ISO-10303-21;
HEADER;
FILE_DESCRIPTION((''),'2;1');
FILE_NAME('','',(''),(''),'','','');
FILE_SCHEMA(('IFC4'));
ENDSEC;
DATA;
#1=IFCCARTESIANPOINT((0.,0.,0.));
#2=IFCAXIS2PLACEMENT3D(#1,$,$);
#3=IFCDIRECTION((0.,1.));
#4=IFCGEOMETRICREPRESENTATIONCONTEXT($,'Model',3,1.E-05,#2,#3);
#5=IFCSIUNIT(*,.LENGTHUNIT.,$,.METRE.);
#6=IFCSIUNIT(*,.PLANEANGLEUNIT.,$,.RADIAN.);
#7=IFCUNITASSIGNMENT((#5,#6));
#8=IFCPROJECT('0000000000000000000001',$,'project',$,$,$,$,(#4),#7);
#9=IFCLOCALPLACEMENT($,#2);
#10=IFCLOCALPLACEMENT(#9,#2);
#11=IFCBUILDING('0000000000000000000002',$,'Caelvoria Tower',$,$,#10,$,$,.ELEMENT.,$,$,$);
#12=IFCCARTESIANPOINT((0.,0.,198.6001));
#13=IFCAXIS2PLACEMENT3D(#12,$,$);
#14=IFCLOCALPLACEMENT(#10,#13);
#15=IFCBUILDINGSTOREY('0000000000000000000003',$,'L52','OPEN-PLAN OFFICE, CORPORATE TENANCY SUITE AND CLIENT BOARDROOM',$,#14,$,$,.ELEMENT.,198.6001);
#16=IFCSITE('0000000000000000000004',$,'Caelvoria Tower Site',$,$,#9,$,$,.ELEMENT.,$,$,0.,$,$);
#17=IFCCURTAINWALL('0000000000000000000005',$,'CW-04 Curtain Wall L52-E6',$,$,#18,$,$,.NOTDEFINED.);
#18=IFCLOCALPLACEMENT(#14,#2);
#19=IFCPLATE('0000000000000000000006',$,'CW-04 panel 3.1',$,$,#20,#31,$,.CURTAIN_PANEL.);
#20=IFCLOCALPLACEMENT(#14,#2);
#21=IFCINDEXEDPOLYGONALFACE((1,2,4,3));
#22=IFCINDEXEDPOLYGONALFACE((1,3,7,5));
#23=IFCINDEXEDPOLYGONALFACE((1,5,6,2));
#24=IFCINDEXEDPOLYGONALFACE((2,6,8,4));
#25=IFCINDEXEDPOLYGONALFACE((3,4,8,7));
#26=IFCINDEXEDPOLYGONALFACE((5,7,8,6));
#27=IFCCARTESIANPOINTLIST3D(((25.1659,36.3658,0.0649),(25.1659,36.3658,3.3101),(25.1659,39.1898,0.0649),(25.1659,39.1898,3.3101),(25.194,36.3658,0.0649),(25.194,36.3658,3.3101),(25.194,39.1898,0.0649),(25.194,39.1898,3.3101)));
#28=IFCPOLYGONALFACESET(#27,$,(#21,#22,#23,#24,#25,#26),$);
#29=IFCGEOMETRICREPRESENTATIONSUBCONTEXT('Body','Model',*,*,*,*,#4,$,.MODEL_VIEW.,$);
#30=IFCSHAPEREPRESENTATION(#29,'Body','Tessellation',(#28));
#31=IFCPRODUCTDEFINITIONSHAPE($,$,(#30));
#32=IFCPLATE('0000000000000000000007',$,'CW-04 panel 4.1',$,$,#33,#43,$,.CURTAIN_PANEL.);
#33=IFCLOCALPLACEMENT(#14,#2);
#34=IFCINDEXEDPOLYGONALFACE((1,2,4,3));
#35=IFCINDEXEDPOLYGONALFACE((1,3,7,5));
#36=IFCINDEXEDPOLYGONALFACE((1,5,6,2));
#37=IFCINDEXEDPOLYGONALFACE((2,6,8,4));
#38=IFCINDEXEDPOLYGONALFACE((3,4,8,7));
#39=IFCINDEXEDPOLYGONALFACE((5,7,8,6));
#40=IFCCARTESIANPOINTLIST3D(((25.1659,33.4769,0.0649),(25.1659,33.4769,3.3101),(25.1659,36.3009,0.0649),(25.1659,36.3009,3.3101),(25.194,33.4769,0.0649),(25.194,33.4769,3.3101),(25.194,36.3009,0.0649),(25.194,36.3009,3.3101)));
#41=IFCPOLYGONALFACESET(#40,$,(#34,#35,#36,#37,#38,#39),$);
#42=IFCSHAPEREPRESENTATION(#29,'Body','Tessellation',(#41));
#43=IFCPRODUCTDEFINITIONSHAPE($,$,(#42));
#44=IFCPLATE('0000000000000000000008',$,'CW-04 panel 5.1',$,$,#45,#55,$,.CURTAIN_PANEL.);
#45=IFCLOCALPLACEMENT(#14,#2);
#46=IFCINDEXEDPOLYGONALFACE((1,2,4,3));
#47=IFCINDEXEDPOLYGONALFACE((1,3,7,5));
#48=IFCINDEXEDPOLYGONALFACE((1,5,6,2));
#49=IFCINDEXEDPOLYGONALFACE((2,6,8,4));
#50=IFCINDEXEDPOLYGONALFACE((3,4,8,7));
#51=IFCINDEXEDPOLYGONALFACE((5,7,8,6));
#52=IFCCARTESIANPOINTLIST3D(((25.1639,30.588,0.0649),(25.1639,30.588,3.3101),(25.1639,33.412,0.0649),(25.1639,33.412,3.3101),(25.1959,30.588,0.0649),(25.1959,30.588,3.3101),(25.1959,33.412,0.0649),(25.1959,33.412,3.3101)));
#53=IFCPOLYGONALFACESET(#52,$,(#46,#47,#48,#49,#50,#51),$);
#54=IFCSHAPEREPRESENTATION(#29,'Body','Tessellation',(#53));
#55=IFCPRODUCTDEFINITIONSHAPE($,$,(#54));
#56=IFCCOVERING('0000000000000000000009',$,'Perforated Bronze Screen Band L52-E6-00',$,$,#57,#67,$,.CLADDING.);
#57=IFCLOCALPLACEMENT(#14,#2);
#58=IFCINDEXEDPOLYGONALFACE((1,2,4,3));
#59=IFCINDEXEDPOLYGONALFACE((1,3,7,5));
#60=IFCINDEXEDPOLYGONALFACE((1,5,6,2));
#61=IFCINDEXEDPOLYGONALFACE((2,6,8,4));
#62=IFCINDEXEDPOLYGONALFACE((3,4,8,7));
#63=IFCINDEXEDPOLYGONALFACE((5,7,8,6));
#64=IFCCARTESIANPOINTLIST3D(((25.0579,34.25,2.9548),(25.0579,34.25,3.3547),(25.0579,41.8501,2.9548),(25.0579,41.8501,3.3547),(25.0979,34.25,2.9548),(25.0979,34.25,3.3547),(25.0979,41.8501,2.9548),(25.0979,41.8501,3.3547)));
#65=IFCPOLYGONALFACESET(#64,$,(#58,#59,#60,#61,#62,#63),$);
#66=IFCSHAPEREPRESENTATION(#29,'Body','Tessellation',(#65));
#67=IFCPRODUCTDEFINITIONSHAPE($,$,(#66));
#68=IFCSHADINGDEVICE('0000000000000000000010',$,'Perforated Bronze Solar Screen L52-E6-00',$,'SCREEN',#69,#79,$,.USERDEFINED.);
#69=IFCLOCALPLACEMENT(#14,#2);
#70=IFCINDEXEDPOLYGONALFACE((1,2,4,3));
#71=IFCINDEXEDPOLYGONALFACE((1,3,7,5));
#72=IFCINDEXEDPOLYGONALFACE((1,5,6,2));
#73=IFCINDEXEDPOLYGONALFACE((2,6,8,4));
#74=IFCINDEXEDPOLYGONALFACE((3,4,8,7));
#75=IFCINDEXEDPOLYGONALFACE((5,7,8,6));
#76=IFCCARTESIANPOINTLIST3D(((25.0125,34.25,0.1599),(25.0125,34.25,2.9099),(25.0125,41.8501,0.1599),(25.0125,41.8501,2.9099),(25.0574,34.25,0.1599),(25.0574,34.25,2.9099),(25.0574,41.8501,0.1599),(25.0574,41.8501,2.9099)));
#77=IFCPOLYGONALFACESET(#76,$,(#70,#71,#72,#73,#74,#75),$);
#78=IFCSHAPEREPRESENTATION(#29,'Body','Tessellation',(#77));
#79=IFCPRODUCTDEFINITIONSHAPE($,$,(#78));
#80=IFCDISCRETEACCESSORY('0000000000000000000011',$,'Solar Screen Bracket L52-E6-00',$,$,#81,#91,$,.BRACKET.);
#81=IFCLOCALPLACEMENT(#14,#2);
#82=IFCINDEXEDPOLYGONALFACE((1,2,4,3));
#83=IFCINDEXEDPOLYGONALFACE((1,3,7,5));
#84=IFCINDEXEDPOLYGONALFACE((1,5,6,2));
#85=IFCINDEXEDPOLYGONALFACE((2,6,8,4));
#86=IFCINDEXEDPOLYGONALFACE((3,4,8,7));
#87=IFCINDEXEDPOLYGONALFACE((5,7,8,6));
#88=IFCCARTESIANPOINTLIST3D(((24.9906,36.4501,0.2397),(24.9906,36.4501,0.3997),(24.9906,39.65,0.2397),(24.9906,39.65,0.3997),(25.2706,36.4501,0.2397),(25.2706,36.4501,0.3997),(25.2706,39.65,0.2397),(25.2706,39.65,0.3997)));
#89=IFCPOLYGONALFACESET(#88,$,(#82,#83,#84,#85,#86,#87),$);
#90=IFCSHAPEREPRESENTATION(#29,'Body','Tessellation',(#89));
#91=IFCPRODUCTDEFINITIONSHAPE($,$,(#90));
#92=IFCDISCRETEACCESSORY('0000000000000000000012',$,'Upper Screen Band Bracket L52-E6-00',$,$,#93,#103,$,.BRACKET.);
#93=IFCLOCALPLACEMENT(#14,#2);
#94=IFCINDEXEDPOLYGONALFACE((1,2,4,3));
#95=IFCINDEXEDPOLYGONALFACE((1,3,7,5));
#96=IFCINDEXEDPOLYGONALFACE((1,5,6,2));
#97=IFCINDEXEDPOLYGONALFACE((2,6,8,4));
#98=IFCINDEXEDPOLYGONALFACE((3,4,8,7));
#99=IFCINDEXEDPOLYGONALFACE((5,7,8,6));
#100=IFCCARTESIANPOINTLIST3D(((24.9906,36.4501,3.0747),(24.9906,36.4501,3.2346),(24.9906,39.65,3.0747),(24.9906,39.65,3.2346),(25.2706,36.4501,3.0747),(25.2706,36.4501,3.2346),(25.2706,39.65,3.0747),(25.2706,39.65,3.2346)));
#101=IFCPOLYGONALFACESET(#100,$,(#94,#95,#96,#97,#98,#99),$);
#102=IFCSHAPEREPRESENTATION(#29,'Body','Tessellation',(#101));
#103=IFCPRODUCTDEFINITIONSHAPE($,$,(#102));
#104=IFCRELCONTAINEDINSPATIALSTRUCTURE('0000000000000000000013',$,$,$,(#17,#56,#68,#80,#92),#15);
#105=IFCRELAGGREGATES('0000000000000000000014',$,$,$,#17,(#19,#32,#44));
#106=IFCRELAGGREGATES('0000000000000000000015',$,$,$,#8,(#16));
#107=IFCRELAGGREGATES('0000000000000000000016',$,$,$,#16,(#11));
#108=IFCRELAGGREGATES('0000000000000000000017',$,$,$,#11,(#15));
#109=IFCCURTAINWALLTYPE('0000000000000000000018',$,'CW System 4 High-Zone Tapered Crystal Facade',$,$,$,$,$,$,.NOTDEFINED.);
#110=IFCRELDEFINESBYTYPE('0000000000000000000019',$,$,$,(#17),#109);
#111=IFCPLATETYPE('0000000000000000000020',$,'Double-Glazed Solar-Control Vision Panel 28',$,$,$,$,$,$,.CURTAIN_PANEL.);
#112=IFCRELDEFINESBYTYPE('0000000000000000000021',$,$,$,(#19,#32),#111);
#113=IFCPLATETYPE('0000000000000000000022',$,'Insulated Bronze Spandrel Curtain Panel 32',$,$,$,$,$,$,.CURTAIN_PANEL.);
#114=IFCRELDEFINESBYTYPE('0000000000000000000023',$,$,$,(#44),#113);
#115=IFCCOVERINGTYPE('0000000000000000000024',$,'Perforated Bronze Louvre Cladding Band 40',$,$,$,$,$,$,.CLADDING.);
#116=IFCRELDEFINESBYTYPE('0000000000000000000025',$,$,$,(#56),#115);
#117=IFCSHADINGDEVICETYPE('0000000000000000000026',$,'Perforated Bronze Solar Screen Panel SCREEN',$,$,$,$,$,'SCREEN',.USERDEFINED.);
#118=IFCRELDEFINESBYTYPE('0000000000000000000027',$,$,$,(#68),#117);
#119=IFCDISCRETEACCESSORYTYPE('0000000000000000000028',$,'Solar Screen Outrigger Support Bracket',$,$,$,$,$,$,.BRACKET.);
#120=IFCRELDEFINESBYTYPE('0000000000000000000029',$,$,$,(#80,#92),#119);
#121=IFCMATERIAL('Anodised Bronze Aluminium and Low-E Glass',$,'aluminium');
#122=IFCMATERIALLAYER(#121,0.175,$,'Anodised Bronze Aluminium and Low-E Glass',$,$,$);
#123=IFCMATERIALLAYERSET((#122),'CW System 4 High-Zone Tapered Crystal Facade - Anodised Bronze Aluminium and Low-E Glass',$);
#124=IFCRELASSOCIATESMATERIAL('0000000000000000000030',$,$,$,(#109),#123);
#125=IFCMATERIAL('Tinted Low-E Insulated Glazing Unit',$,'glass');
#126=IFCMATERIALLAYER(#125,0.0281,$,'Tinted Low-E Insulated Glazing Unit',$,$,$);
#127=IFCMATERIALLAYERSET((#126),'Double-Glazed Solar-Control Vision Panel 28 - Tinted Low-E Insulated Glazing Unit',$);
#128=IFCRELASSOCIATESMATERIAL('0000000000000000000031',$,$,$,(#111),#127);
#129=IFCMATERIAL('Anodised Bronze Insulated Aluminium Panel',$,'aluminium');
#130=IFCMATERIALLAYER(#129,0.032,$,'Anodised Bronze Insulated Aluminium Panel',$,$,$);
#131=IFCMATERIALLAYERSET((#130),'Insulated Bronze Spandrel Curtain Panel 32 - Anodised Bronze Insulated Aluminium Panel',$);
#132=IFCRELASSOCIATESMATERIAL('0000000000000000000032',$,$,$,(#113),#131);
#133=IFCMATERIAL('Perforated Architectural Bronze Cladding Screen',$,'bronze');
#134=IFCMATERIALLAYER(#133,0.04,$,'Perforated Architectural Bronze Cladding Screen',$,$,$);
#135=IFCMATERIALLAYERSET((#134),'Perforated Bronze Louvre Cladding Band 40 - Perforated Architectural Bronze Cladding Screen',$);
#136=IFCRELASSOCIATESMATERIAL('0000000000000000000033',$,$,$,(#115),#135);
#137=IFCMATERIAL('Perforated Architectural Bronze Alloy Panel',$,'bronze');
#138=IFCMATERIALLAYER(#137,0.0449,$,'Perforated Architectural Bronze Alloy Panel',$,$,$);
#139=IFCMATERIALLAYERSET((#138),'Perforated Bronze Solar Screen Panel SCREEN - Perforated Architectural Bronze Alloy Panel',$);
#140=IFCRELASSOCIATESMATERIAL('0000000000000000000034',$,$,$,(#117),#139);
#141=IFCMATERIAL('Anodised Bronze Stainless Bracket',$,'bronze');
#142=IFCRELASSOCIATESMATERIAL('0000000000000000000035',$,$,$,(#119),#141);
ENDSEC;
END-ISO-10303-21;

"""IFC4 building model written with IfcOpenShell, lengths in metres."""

from ifc_helpers import new_model, si_unit, direction, frame, origin, origin_2d, place, context, subcontext, project, spatial, rectangle, extrude, material, layer, layer_set, type_object, element, aggregate, save


model = new_model("IFC4")

# Units and contexts
model_context = context("Model", 3, precision=1e-05, world=origin(), true_north=direction((0.0, 1.0)))
body_context = subcontext(model_context, "Body", "Model", "MODEL_VIEW")
ifc_project = project(units=[si_unit("LENGTHUNIT", "METRE"), si_unit("PLANEANGLEUNIT", "RADIAN")], contexts=[model_context])

# Site, building, storey
site_placement = place(None, origin())
site = spatial("IfcSite", under=ifc_project, at=site_placement, Name="Caelvoria Tower Site", CompositionType="ELEMENT", RefElevation=0.0)
building_placement = place(site_placement, origin())
building = spatial("IfcBuilding", under=site, at=building_placement, Name="Caelvoria Tower", CompositionType="ELEMENT")
storey_placement = place(building_placement, frame((0.0, 0.0, 198.6001)))
storey = spatial("IfcBuildingStorey", under=building, at=storey_placement, Name="L52", Description="OPEN-PLAN OFFICE, CORPORATE TENANCY SUITE AND CLIENT BOARDROOM", CompositionType="ELEMENT", Elevation=198.6001)

# Curtain wall
ifc_material_1 = material(Name="Anodised Bronze Aluminium and Low-E Glass", Category="aluminium")
ifc_layer_1 = layer(ifc_material_1, 0.175, Name="Anodised Bronze Aluminium and Low-E Glass")
ifc_layer_set_1 = layer_set([ifc_layer_1], Name="CW System 4 High-Zone Tapered Crystal Facade - Anodised Bronze Aluminium and Low-E Glass")
curtain_wall_type = type_object("IfcCurtainWallType", Name="CW System 4 High-Zone Tapered Crystal Facade", PredefinedType="NOTDEFINED", material=ifc_layer_set_1)
curtain_wall_placement = place(storey_placement, origin())
curtain_wall = element("IfcCurtainWall", 1, at=curtain_wall_placement, inside=storey, type_object=curtain_wall_type, Name="CW-04 Curtain Wall L52-E6", PredefinedType="NOTDEFINED")

# Plates
ifc_material_2 = material(Name="Tinted Low-E Insulated Glazing Unit", Category="glass")
ifc_layer_2 = layer(ifc_material_2, 0.0281, Name="Tinted Low-E Insulated Glazing Unit")
ifc_layer_set_2 = layer_set([ifc_layer_2], Name="Double-Glazed Solar-Control Vision Panel 28 - Tinted Low-E Insulated Glazing Unit")
plate_type_1 = type_object("IfcPlateType", Name="Double-Glazed Solar-Control Vision Panel 28", PredefinedType="CURTAIN_PANEL", material=ifc_layer_set_2)
plate_1_placement = place(storey_placement, frame((25.1799, 37.7778, 0.0649), z_axis=(0.0, 0.0, 1.0), x_axis=(0.0, -1.0, 0.0)))
plate_1 = element("IfcPlate", 2, at=plate_1_placement, type_object=plate_type_1, Name="CW-04 panel 3.1", PredefinedType="CURTAIN_PANEL", context=body_context, shape_type="SweptSolid", body=[
    extrude(rectangle(XDim=2.824, YDim=0.0281, at=origin_2d()), origin(), (0.0, 0.0, 1.0), 3.2451),
])
plate_2_placement = place(storey_placement, frame((25.1799, 34.8889, 0.0649), z_axis=(0.0, 0.0, 1.0), x_axis=(0.0, -1.0, 0.0)))
plate_2 = element("IfcPlate", 3, at=plate_2_placement, type_object=plate_type_1, Name="CW-04 panel 4.1", PredefinedType="CURTAIN_PANEL", context=body_context, shape_type="SweptSolid", body=[
    extrude(rectangle(XDim=2.824, YDim=0.0281, at=origin_2d()), origin(), (0.0, 0.0, 1.0), 3.2451),
])
ifc_material_3 = material(Name="Anodised Bronze Insulated Aluminium Panel", Category="aluminium")
ifc_layer_3 = layer(ifc_material_3, 0.032, Name="Anodised Bronze Insulated Aluminium Panel")
ifc_layer_set_3 = layer_set([ifc_layer_3], Name="Insulated Bronze Spandrel Curtain Panel 32 - Anodised Bronze Insulated Aluminium Panel")
plate_type_2 = type_object("IfcPlateType", Name="Insulated Bronze Spandrel Curtain Panel 32", PredefinedType="CURTAIN_PANEL", material=ifc_layer_set_3)
plate_3_placement = place(storey_placement, frame((25.1799, 32.0, 0.0649), z_axis=(0.0, 0.0, 1.0), x_axis=(0.0, -1.0, 0.0)))
plate_3 = element("IfcPlate", 4, at=plate_3_placement, type_object=plate_type_2, Name="CW-04 panel 5.1", PredefinedType="CURTAIN_PANEL", context=body_context, shape_type="SweptSolid", body=[
    extrude(rectangle(XDim=2.824, YDim=0.032, at=origin_2d()), origin(), (0.0, 0.0, 1.0), 3.2451),
])
aggregate(curtain_wall, [plate_1, plate_2, plate_3])

# Covering
ifc_material_4 = material(Name="Perforated Architectural Bronze Cladding Screen", Category="bronze")
ifc_layer_4 = layer(ifc_material_4, 0.04, Name="Perforated Architectural Bronze Cladding Screen")
ifc_layer_set_4 = layer_set([ifc_layer_4], Name="Perforated Bronze Louvre Cladding Band 40 - Perforated Architectural Bronze Cladding Screen")
covering_type = type_object("IfcCoveringType", Name="Perforated Bronze Louvre Cladding Band 40", PredefinedType="CLADDING", material=ifc_layer_set_4)
covering_placement = place(storey_placement, frame((25.0779, 38.05, 2.9548), z_axis=(0.0, 0.0, 1.0), x_axis=(0.0, -1.0, 0.0)))
element("IfcCovering", 5, at=covering_placement, inside=storey, type_object=covering_type, Name="Perforated Bronze Screen Band L52-E6-00", PredefinedType="CLADDING", context=body_context, shape_type="SweptSolid", body=[
    extrude(rectangle(XDim=7.6001, YDim=0.04, at=origin_2d()), origin(), (0.0, 0.0, 1.0), 0.3999),
])

# Shading device
ifc_material_5 = material(Name="Perforated Architectural Bronze Alloy Panel", Category="bronze")
ifc_layer_5 = layer(ifc_material_5, 0.0449, Name="Perforated Architectural Bronze Alloy Panel")
ifc_layer_set_5 = layer_set([ifc_layer_5], Name="Perforated Bronze Solar Screen Panel SCREEN - Perforated Architectural Bronze Alloy Panel")
shading_device_type = type_object("IfcShadingDeviceType", Name="Perforated Bronze Solar Screen Panel SCREEN", ElementType="SCREEN", PredefinedType="USERDEFINED", material=ifc_layer_set_5)
shading_device_placement = place(storey_placement, frame((25.0349, 38.05, 0.1599), z_axis=(0.0, 0.0, 1.0), x_axis=(0.0, -1.0, 0.0)))
element("IfcShadingDevice", 6, at=shading_device_placement, inside=storey, type_object=shading_device_type, Name="Perforated Bronze Solar Screen L52-E6-00", ObjectType="SCREEN", PredefinedType="USERDEFINED", context=body_context, shape_type="SweptSolid", body=[
    extrude(rectangle(XDim=7.6001, YDim=0.0449, at=origin_2d()), origin(), (0.0, 0.0, 1.0), 2.75),
])

# Discrete accessories
ifc_material_6 = material(Name="Anodised Bronze Stainless Bracket", Category="bronze")
discrete_accessory_type = type_object("IfcDiscreteAccessoryType", Name="Solar Screen Outrigger Support Bracket", PredefinedType="BRACKET", material=ifc_material_6)
for number, where, z_axis, x_axis, name in (
    (7, (25.1306, 38.05, 0.2397), (0.0, 0.0, 1.0), (0.0, -1.0, 0.0), "Solar Screen Bracket L52-E6-00"),
    (8, (25.1306, 38.05, 3.0747), (0.0, 0.0, 1.0), (0.0, -1.0, 0.0), "Upper Screen Band Bracket L52-E6-00"),
):
    element("IfcDiscreteAccessory", number, at=place(storey_placement, frame(where, z_axis=z_axis, x_axis=x_axis)), inside=storey, type_object=discrete_accessory_type, Name=name, PredefinedType="BRACKET", context=body_context, shape_type="SweptSolid", body=[
        extrude(rectangle(XDim=3.2, YDim=0.28, at=origin_2d()), origin(), (0.0, 0.0, 1.0), 0.1599),
    ])

save(model, "model.ifc")
